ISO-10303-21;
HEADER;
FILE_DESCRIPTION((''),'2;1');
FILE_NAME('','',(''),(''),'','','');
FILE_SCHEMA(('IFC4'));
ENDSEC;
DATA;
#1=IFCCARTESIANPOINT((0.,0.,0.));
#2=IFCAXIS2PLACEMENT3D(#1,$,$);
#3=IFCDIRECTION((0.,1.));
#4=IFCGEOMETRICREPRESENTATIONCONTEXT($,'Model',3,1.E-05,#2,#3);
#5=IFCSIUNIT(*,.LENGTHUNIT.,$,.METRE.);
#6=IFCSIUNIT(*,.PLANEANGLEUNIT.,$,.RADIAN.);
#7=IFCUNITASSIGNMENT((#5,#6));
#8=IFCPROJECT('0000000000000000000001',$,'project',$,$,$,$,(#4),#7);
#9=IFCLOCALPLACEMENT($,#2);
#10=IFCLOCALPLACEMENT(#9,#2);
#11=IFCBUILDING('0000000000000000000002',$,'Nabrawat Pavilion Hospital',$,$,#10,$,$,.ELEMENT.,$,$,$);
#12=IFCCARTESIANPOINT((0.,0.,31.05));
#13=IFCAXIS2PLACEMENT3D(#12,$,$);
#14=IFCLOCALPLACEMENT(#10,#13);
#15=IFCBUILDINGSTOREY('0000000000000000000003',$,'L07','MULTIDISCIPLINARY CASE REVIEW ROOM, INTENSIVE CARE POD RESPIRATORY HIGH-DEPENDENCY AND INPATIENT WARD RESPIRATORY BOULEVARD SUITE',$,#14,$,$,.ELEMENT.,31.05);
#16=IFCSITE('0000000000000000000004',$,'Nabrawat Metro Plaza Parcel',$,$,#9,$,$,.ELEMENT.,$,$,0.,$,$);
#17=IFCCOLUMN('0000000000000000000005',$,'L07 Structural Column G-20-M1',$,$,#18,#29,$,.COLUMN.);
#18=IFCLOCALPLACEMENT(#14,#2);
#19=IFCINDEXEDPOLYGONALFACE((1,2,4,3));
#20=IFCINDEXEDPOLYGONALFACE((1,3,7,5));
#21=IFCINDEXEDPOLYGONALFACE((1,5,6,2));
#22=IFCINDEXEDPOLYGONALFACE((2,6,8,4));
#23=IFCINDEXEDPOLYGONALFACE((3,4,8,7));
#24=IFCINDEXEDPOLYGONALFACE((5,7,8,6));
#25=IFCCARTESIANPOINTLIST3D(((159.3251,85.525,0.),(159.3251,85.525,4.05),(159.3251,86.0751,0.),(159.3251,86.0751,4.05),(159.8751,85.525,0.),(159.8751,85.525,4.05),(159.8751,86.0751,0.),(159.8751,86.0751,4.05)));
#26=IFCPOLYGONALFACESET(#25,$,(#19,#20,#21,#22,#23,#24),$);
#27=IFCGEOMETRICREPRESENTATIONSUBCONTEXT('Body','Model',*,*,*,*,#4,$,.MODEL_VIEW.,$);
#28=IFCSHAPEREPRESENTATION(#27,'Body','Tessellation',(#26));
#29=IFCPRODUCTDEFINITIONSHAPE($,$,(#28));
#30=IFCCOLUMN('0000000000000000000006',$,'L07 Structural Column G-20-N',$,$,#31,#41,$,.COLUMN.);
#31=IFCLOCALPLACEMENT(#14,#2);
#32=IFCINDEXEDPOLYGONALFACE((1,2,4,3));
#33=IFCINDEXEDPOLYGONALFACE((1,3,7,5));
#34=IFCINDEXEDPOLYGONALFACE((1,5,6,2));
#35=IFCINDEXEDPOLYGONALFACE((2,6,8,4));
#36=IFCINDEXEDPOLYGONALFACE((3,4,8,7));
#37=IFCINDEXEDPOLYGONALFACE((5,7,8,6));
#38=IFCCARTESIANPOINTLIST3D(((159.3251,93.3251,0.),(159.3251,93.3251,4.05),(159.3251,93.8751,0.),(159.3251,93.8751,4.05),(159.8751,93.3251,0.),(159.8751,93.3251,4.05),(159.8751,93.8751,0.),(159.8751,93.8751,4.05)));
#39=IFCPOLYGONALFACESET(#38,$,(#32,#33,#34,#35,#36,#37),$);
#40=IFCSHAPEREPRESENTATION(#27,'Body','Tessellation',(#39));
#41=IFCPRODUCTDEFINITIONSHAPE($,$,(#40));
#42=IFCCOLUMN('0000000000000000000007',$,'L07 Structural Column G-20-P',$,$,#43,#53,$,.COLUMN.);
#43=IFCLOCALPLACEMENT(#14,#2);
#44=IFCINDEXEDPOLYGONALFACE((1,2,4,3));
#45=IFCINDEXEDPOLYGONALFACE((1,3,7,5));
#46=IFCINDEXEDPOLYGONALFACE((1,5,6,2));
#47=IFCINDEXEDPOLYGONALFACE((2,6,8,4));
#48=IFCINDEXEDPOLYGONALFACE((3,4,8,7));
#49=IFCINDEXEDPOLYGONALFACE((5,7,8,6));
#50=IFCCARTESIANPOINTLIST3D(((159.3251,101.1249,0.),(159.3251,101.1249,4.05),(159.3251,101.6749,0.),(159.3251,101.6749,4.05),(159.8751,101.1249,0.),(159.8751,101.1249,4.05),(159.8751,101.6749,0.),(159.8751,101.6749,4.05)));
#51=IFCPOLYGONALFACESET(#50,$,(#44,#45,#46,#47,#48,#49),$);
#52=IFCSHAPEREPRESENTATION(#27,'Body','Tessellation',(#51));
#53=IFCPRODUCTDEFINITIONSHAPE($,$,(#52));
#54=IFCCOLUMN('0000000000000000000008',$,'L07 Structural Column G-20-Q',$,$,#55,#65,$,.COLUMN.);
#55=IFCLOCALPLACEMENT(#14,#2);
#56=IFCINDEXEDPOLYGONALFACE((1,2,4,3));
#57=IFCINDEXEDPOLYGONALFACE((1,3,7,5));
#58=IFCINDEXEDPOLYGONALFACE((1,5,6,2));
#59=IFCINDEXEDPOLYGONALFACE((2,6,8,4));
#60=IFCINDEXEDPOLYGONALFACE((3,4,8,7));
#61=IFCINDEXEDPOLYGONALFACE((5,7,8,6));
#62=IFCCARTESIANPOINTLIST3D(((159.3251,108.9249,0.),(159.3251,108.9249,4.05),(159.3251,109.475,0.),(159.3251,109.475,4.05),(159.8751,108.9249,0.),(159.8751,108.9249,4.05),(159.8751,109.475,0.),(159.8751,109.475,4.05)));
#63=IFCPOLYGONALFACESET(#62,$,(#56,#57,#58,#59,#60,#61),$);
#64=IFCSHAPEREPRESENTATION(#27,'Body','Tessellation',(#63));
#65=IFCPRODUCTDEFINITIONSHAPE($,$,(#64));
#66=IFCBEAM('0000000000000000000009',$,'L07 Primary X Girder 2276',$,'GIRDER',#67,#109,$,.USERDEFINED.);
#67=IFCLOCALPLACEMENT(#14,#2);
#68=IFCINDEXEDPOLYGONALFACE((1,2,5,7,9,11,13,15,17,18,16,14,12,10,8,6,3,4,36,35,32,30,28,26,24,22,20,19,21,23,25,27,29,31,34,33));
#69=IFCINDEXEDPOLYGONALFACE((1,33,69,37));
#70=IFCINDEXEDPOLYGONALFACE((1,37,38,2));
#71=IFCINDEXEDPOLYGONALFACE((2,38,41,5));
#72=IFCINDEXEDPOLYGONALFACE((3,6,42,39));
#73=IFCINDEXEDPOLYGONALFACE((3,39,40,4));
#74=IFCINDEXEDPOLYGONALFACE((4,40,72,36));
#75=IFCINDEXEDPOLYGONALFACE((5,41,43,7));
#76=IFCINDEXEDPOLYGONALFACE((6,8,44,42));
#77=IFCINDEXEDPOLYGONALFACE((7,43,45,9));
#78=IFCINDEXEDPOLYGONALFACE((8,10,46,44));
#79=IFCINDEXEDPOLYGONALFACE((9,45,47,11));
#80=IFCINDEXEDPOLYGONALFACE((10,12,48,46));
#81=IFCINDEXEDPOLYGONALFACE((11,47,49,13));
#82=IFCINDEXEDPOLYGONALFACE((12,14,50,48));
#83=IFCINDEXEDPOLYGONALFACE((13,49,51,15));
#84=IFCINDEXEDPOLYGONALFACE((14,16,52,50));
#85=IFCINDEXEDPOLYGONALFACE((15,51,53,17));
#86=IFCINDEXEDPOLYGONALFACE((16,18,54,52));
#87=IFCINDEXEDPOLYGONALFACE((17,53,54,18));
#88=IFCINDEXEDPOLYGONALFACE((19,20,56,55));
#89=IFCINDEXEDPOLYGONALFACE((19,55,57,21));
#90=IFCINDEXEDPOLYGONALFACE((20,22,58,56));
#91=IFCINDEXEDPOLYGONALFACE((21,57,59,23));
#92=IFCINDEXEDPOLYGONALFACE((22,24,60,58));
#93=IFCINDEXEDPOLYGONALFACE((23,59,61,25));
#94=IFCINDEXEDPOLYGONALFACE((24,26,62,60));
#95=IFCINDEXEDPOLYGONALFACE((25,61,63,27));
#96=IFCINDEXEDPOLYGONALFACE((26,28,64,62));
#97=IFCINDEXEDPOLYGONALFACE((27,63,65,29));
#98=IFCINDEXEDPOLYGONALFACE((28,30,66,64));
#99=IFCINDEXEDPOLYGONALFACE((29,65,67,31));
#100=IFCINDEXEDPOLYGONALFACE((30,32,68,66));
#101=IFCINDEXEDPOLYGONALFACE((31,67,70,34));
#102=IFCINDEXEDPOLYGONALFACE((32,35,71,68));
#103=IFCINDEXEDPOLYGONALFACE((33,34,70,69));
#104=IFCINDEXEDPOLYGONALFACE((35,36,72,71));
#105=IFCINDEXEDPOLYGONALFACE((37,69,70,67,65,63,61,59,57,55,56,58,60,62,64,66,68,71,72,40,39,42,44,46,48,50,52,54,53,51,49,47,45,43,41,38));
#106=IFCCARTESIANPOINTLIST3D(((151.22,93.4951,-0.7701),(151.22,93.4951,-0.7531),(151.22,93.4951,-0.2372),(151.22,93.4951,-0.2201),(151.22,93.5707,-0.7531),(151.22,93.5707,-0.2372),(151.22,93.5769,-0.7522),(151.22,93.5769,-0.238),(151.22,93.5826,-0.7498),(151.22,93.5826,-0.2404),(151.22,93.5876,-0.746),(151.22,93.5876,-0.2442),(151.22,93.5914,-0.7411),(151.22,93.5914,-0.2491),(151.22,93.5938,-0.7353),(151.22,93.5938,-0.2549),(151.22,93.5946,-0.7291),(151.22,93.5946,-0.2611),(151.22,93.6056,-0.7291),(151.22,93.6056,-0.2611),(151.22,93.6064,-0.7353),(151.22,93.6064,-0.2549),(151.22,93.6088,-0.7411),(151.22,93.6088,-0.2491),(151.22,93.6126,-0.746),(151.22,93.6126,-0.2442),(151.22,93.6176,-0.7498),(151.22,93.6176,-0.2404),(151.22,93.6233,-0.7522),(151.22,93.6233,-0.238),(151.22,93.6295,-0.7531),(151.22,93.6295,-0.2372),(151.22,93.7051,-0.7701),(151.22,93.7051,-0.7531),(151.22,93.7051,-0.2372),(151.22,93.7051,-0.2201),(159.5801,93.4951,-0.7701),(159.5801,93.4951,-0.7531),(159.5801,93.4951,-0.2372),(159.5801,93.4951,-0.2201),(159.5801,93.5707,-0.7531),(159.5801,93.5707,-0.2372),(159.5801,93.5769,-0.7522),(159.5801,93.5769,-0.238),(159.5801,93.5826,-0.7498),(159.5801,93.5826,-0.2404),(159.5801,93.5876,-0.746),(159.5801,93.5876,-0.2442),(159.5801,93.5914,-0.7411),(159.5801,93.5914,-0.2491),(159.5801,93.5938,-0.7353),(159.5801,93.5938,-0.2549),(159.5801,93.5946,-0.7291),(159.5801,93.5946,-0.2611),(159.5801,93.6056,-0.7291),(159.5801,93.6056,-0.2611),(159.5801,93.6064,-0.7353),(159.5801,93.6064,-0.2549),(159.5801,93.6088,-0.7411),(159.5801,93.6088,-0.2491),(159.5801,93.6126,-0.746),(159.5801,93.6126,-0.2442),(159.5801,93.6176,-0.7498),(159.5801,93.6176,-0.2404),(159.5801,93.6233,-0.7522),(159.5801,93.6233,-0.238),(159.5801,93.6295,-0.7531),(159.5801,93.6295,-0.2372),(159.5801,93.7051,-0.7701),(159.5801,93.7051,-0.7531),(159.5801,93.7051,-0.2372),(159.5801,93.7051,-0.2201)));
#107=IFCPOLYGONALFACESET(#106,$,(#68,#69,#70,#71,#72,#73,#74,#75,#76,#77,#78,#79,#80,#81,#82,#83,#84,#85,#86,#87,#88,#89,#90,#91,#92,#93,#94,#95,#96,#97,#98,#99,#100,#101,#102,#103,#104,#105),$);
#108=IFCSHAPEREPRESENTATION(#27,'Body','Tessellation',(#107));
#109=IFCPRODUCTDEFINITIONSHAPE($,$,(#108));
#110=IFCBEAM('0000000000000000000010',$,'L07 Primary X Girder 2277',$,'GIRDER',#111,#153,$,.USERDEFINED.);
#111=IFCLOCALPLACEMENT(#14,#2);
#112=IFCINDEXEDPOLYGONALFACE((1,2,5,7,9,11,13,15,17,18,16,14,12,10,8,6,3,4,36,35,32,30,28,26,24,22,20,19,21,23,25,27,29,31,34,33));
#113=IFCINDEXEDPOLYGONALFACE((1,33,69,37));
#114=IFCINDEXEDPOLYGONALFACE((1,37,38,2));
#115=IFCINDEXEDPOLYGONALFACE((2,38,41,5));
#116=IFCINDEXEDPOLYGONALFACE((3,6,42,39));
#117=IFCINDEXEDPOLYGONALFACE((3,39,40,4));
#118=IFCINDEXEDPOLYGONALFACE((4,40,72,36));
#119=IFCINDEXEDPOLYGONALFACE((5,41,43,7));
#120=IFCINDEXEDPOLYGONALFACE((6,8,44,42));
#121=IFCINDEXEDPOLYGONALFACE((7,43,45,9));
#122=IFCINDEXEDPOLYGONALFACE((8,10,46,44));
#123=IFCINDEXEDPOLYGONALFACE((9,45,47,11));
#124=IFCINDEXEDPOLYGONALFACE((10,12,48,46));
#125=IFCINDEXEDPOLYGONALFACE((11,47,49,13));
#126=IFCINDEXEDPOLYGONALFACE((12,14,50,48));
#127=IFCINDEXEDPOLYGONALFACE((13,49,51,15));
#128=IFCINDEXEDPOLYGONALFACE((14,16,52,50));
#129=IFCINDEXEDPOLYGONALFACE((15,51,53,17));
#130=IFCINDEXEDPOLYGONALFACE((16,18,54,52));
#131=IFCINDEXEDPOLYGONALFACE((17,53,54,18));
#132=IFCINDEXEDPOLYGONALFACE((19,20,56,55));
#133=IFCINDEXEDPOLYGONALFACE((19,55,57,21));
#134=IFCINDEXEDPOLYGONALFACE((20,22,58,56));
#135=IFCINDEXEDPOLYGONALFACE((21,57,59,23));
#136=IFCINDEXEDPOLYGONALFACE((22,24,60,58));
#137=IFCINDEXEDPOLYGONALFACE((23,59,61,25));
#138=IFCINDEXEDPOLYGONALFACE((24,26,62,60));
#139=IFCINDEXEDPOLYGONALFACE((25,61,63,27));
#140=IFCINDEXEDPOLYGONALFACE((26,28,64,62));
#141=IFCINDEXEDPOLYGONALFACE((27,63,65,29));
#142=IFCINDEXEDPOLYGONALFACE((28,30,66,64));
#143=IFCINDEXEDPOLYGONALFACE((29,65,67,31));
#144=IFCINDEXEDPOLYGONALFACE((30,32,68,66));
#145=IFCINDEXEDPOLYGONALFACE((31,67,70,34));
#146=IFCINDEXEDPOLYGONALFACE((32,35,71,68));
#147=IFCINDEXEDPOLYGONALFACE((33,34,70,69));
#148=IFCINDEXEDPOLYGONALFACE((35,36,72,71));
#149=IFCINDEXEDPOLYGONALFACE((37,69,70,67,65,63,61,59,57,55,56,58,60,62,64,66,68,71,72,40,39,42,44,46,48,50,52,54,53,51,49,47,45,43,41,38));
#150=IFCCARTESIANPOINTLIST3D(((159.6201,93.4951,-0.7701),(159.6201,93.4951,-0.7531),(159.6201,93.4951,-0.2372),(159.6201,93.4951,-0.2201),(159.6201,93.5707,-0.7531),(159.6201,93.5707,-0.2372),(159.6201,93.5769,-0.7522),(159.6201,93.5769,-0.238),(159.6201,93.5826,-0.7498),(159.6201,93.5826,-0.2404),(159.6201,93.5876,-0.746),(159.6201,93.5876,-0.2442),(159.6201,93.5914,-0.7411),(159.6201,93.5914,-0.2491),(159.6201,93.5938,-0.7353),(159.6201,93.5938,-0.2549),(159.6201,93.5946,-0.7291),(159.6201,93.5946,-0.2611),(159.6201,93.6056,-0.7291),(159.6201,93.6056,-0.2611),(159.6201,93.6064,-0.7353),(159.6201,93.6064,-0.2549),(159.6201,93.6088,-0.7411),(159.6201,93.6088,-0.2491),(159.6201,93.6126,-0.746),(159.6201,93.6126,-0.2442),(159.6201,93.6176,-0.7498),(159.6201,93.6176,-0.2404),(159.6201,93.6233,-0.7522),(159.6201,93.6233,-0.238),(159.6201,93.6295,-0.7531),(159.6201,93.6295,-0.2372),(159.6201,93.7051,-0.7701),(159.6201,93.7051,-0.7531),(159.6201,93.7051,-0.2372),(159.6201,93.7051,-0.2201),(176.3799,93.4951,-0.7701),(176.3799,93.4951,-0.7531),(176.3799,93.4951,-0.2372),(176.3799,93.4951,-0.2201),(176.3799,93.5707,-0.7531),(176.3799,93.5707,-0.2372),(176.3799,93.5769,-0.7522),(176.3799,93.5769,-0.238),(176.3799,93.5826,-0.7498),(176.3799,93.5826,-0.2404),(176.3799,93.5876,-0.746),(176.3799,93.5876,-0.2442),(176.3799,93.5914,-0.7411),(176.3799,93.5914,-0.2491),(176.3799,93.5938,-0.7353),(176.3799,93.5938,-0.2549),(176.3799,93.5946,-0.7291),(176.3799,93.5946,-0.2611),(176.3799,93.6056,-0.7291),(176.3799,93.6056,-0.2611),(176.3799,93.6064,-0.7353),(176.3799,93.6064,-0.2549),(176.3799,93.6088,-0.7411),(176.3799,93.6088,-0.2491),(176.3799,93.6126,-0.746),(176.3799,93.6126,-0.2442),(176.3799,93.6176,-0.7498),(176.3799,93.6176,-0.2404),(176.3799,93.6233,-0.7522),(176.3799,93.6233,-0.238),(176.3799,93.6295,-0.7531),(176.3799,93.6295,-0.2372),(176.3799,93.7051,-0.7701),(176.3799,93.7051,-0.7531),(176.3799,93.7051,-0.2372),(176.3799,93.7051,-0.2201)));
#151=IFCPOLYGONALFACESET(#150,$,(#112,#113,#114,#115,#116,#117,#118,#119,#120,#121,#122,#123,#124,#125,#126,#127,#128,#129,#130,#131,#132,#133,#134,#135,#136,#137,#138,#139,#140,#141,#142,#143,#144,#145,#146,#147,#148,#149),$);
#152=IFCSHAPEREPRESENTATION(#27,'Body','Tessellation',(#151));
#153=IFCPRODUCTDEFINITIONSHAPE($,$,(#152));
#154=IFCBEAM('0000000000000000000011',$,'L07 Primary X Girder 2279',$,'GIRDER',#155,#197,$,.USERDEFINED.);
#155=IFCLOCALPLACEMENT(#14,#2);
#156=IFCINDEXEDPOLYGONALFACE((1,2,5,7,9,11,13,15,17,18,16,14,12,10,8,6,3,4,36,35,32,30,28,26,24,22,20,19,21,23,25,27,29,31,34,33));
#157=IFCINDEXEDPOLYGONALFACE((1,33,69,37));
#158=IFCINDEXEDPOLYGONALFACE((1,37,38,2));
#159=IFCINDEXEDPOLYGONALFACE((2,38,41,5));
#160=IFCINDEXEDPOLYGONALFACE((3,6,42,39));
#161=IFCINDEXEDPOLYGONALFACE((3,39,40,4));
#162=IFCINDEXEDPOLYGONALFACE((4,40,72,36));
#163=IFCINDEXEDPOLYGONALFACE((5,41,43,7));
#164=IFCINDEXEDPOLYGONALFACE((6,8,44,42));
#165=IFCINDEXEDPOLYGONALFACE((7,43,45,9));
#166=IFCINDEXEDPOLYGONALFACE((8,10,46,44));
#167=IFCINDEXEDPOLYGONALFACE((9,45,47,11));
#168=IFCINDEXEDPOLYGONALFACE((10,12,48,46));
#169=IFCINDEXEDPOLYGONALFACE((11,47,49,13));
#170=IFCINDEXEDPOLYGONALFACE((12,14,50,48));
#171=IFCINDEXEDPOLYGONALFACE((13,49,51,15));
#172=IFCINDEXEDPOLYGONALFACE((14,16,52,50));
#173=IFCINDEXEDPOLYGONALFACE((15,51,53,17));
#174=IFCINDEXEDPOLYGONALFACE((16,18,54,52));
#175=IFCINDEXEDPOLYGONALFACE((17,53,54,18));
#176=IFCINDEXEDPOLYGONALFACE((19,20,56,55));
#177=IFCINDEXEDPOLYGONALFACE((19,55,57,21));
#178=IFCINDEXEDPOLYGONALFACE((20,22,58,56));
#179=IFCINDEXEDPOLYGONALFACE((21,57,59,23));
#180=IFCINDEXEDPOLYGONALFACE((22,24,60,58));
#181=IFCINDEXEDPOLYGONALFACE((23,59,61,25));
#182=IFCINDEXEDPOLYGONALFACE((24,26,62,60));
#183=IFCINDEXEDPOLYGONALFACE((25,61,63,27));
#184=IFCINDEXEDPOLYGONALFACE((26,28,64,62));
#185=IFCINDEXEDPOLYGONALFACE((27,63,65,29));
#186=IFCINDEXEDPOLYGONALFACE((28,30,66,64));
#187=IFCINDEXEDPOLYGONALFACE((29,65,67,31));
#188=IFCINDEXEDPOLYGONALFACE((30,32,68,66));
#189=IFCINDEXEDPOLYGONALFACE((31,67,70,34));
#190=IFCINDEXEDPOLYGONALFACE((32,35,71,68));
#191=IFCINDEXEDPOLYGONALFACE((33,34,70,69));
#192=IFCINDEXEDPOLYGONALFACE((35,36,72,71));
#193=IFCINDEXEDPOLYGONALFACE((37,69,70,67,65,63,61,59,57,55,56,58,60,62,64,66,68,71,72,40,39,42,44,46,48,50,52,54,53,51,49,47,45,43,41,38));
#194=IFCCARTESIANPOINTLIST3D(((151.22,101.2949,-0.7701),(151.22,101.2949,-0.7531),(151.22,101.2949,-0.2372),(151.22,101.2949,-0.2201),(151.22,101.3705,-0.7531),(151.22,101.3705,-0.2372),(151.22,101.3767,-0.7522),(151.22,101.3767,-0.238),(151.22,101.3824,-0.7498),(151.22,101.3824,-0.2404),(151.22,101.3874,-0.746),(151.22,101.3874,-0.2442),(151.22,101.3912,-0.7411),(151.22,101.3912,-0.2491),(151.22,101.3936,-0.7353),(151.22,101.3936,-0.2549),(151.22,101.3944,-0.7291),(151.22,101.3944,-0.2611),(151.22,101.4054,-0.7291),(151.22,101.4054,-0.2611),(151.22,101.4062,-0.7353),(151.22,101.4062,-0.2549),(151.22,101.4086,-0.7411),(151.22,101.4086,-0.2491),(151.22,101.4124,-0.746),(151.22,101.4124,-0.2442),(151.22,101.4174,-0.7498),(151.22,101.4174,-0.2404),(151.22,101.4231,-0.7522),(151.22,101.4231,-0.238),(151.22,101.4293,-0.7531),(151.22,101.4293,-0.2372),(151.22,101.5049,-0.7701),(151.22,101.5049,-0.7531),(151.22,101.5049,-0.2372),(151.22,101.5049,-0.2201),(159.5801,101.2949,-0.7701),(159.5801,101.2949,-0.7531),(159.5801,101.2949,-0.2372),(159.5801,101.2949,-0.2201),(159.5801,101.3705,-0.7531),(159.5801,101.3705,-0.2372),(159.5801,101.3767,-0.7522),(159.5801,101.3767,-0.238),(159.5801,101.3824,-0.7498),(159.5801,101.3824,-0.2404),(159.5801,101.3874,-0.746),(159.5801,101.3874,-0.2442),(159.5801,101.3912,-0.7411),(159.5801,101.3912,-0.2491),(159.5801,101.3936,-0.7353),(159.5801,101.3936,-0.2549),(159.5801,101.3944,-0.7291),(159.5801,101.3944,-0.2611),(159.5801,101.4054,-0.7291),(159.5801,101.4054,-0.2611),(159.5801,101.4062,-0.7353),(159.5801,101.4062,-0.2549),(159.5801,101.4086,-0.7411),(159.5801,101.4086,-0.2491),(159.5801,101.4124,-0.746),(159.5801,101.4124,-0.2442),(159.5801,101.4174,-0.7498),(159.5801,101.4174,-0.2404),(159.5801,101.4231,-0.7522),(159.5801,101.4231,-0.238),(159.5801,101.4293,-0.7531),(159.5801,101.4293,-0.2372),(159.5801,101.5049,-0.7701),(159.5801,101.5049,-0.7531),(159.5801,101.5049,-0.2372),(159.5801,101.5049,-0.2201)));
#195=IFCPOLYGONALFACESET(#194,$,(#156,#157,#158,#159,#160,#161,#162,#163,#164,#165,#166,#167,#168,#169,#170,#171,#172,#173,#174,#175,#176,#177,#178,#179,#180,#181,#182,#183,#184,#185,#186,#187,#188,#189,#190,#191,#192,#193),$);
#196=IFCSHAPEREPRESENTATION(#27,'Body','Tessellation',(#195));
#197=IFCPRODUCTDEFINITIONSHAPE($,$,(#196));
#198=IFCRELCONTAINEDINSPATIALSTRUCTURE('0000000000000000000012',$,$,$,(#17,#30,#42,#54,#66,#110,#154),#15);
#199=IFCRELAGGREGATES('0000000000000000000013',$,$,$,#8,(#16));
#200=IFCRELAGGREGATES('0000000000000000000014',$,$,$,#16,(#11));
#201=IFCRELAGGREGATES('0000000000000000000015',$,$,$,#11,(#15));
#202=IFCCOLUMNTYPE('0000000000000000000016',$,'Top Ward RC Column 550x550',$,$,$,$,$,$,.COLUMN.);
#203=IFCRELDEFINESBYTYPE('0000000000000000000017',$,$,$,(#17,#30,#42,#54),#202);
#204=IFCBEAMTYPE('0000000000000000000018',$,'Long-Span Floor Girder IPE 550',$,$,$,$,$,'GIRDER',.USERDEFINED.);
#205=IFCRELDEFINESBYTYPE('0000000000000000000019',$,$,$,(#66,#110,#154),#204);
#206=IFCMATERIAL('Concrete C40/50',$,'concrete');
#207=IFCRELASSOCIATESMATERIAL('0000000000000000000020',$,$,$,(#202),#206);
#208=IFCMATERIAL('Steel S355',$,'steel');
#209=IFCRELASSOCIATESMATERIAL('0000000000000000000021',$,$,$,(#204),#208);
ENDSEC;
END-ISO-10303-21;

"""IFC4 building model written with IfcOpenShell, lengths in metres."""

from ifc_helpers import new_model, si_unit, direction, frame, origin, origin_2d, place, context, subcontext, project, spatial, rectangle, i_section, extrude, material, material_profile, profile_set, type_object, element, save


model = new_model("IFC4")

# Units and contexts
model_context = context("Model", 3, precision=1e-05, world=origin(), true_north=direction((0.0, 1.0)))
body_context = subcontext(model_context, "Body", "Model", "MODEL_VIEW")
ifc_project = project(units=[si_unit("LENGTHUNIT", "METRE"), si_unit("PLANEANGLEUNIT", "RADIAN")], contexts=[model_context])

# Site, building, storey
site_placement = place(None, origin())
site = spatial("IfcSite", under=ifc_project, at=site_placement, Name="Nabrawat Metro Plaza Parcel", CompositionType="ELEMENT", RefElevation=0.0)
building_placement = place(site_placement, origin())
building = spatial("IfcBuilding", under=site, at=building_placement, Name="Nabrawat Pavilion Hospital", CompositionType="ELEMENT")
storey_placement = place(building_placement, frame((0.0, 0.0, 31.05)))
storey = spatial("IfcBuildingStorey", under=building, at=storey_placement, Name="L07", Description="MULTIDISCIPLINARY CASE REVIEW ROOM, INTENSIVE CARE POD RESPIRATORY HIGH-DEPENDENCY AND INPATIENT WARD RESPIRATORY BOULEVARD SUITE", CompositionType="ELEMENT", Elevation=31.05)

# Columns
ifc_material_1 = material(Name="Concrete C40/50", Category="concrete")
ifc_material_profile_1 = material_profile(ifc_material_1, rectangle(XDim=0.55, YDim=0.55, at=origin_2d()), Name="RC 550x550")
ifc_profile_set_1 = profile_set([ifc_material_profile_1], Name="Concrete C40/50")
column_type = type_object("IfcColumnType", Name="Top Ward RC Column 550x550", PredefinedType="COLUMN", material=ifc_profile_set_1)
for number, where, z_axis, x_axis, name in (
    (1, (159.6001, 85.8, 0.0), (0.0, 0.0, 1.0), (1.0, 0.0, 0.0), "L07 Structural Column G-20-M1"),
    (2, (159.6001, 93.6001, 0.0), (0.0, 0.0, 1.0), (1.0, 0.0, 0.0), "L07 Structural Column G-20-N"),
    (3, (159.6001, 101.3999, 0.0), (0.0, 0.0, 1.0), (1.0, 0.0, 0.0), "L07 Structural Column G-20-P"),
    (4, (159.6001, 109.2, 0.0), (0.0, 0.0, 1.0), (1.0, 0.0, 0.0), "L07 Structural Column G-20-Q"),
):
    element("IfcColumn", number, at=place(storey_placement, frame(where, z_axis=z_axis, x_axis=x_axis)), inside=storey, type_object=column_type, Name=name, PredefinedType="COLUMN", context=body_context, shape_type="SweptSolid", body=[
        extrude(rectangle(XDim=0.55, YDim=0.55, at=origin_2d()), origin(), (0.0, 0.0, 1.0), 4.05),
    ])

# Beams
ifc_material_2 = material(Name="Steel S355", Category="steel")
ifc_material_profile_2 = material_profile(ifc_material_2, i_section(OverallWidth=0.21, OverallDepth=0.55, WebThickness=0.011, FlangeThickness=0.0171, FilletRadius=0.0239, at=origin_2d()), Name="IPE 550")
ifc_profile_set_2 = profile_set([ifc_material_profile_2], Name="Steel S355")
beam_type_1 = type_object("IfcBeamType", Name="Long-Span Floor Girder IPE 550", ElementType="GIRDER", PredefinedType="USERDEFINED", material=ifc_profile_set_2)
beam_1_placement = place(storey_placement, frame((151.22, 93.6001, -0.4951), z_axis=(1.0, 0.0, 0.0), x_axis=(0.0, 1.0, 0.0)))
element("IfcBeam", 5, at=beam_1_placement, inside=storey, type_object=beam_type_1, Name="L07 Primary X Girder 2276", ObjectType="GIRDER", PredefinedType="USERDEFINED", context=body_context, shape_type="SweptSolid", body=[
    extrude(i_section(OverallWidth=0.21, OverallDepth=0.55, WebThickness=0.011, FlangeThickness=0.0171, FilletRadius=0.0239, at=origin_2d()), origin(), (0.0, 0.0, 1.0), 8.3601),
])
beam_2_placement = place(storey_placement, frame((159.6201, 93.6001, -0.4951), z_axis=(1.0, 0.0, 0.0), x_axis=(0.0, 1.0, 0.0)))
element("IfcBeam", 6, at=beam_2_placement, inside=storey, type_object=beam_type_1, Name="L07 Primary X Girder 2277", ObjectType="GIRDER", PredefinedType="USERDEFINED", context=body_context, shape_type="SweptSolid", body=[
    extrude(i_section(OverallWidth=0.21, OverallDepth=0.55, WebThickness=0.011, FlangeThickness=0.0171, FilletRadius=0.0239, at=origin_2d()), origin(), (0.0, 0.0, 1.0), 16.7598),
])
beam_3_placement = place(storey_placement, frame((151.22, 101.3999, -0.4951), z_axis=(1.0, 0.0, 0.0), x_axis=(0.0, 1.0, 0.0)))
element("IfcBeam", 7, at=beam_3_placement, inside=storey, type_object=beam_type_1, Name="L07 Primary X Girder 2279", ObjectType="GIRDER", PredefinedType="USERDEFINED", context=body_context, shape_type="SweptSolid", body=[
    extrude(i_section(OverallWidth=0.21, OverallDepth=0.55, WebThickness=0.011, FlangeThickness=0.0171, FilletRadius=0.0239, at=origin_2d()), origin(), (0.0, 0.0, 1.0), 8.3601),
])

save(model, "model.ifc")
